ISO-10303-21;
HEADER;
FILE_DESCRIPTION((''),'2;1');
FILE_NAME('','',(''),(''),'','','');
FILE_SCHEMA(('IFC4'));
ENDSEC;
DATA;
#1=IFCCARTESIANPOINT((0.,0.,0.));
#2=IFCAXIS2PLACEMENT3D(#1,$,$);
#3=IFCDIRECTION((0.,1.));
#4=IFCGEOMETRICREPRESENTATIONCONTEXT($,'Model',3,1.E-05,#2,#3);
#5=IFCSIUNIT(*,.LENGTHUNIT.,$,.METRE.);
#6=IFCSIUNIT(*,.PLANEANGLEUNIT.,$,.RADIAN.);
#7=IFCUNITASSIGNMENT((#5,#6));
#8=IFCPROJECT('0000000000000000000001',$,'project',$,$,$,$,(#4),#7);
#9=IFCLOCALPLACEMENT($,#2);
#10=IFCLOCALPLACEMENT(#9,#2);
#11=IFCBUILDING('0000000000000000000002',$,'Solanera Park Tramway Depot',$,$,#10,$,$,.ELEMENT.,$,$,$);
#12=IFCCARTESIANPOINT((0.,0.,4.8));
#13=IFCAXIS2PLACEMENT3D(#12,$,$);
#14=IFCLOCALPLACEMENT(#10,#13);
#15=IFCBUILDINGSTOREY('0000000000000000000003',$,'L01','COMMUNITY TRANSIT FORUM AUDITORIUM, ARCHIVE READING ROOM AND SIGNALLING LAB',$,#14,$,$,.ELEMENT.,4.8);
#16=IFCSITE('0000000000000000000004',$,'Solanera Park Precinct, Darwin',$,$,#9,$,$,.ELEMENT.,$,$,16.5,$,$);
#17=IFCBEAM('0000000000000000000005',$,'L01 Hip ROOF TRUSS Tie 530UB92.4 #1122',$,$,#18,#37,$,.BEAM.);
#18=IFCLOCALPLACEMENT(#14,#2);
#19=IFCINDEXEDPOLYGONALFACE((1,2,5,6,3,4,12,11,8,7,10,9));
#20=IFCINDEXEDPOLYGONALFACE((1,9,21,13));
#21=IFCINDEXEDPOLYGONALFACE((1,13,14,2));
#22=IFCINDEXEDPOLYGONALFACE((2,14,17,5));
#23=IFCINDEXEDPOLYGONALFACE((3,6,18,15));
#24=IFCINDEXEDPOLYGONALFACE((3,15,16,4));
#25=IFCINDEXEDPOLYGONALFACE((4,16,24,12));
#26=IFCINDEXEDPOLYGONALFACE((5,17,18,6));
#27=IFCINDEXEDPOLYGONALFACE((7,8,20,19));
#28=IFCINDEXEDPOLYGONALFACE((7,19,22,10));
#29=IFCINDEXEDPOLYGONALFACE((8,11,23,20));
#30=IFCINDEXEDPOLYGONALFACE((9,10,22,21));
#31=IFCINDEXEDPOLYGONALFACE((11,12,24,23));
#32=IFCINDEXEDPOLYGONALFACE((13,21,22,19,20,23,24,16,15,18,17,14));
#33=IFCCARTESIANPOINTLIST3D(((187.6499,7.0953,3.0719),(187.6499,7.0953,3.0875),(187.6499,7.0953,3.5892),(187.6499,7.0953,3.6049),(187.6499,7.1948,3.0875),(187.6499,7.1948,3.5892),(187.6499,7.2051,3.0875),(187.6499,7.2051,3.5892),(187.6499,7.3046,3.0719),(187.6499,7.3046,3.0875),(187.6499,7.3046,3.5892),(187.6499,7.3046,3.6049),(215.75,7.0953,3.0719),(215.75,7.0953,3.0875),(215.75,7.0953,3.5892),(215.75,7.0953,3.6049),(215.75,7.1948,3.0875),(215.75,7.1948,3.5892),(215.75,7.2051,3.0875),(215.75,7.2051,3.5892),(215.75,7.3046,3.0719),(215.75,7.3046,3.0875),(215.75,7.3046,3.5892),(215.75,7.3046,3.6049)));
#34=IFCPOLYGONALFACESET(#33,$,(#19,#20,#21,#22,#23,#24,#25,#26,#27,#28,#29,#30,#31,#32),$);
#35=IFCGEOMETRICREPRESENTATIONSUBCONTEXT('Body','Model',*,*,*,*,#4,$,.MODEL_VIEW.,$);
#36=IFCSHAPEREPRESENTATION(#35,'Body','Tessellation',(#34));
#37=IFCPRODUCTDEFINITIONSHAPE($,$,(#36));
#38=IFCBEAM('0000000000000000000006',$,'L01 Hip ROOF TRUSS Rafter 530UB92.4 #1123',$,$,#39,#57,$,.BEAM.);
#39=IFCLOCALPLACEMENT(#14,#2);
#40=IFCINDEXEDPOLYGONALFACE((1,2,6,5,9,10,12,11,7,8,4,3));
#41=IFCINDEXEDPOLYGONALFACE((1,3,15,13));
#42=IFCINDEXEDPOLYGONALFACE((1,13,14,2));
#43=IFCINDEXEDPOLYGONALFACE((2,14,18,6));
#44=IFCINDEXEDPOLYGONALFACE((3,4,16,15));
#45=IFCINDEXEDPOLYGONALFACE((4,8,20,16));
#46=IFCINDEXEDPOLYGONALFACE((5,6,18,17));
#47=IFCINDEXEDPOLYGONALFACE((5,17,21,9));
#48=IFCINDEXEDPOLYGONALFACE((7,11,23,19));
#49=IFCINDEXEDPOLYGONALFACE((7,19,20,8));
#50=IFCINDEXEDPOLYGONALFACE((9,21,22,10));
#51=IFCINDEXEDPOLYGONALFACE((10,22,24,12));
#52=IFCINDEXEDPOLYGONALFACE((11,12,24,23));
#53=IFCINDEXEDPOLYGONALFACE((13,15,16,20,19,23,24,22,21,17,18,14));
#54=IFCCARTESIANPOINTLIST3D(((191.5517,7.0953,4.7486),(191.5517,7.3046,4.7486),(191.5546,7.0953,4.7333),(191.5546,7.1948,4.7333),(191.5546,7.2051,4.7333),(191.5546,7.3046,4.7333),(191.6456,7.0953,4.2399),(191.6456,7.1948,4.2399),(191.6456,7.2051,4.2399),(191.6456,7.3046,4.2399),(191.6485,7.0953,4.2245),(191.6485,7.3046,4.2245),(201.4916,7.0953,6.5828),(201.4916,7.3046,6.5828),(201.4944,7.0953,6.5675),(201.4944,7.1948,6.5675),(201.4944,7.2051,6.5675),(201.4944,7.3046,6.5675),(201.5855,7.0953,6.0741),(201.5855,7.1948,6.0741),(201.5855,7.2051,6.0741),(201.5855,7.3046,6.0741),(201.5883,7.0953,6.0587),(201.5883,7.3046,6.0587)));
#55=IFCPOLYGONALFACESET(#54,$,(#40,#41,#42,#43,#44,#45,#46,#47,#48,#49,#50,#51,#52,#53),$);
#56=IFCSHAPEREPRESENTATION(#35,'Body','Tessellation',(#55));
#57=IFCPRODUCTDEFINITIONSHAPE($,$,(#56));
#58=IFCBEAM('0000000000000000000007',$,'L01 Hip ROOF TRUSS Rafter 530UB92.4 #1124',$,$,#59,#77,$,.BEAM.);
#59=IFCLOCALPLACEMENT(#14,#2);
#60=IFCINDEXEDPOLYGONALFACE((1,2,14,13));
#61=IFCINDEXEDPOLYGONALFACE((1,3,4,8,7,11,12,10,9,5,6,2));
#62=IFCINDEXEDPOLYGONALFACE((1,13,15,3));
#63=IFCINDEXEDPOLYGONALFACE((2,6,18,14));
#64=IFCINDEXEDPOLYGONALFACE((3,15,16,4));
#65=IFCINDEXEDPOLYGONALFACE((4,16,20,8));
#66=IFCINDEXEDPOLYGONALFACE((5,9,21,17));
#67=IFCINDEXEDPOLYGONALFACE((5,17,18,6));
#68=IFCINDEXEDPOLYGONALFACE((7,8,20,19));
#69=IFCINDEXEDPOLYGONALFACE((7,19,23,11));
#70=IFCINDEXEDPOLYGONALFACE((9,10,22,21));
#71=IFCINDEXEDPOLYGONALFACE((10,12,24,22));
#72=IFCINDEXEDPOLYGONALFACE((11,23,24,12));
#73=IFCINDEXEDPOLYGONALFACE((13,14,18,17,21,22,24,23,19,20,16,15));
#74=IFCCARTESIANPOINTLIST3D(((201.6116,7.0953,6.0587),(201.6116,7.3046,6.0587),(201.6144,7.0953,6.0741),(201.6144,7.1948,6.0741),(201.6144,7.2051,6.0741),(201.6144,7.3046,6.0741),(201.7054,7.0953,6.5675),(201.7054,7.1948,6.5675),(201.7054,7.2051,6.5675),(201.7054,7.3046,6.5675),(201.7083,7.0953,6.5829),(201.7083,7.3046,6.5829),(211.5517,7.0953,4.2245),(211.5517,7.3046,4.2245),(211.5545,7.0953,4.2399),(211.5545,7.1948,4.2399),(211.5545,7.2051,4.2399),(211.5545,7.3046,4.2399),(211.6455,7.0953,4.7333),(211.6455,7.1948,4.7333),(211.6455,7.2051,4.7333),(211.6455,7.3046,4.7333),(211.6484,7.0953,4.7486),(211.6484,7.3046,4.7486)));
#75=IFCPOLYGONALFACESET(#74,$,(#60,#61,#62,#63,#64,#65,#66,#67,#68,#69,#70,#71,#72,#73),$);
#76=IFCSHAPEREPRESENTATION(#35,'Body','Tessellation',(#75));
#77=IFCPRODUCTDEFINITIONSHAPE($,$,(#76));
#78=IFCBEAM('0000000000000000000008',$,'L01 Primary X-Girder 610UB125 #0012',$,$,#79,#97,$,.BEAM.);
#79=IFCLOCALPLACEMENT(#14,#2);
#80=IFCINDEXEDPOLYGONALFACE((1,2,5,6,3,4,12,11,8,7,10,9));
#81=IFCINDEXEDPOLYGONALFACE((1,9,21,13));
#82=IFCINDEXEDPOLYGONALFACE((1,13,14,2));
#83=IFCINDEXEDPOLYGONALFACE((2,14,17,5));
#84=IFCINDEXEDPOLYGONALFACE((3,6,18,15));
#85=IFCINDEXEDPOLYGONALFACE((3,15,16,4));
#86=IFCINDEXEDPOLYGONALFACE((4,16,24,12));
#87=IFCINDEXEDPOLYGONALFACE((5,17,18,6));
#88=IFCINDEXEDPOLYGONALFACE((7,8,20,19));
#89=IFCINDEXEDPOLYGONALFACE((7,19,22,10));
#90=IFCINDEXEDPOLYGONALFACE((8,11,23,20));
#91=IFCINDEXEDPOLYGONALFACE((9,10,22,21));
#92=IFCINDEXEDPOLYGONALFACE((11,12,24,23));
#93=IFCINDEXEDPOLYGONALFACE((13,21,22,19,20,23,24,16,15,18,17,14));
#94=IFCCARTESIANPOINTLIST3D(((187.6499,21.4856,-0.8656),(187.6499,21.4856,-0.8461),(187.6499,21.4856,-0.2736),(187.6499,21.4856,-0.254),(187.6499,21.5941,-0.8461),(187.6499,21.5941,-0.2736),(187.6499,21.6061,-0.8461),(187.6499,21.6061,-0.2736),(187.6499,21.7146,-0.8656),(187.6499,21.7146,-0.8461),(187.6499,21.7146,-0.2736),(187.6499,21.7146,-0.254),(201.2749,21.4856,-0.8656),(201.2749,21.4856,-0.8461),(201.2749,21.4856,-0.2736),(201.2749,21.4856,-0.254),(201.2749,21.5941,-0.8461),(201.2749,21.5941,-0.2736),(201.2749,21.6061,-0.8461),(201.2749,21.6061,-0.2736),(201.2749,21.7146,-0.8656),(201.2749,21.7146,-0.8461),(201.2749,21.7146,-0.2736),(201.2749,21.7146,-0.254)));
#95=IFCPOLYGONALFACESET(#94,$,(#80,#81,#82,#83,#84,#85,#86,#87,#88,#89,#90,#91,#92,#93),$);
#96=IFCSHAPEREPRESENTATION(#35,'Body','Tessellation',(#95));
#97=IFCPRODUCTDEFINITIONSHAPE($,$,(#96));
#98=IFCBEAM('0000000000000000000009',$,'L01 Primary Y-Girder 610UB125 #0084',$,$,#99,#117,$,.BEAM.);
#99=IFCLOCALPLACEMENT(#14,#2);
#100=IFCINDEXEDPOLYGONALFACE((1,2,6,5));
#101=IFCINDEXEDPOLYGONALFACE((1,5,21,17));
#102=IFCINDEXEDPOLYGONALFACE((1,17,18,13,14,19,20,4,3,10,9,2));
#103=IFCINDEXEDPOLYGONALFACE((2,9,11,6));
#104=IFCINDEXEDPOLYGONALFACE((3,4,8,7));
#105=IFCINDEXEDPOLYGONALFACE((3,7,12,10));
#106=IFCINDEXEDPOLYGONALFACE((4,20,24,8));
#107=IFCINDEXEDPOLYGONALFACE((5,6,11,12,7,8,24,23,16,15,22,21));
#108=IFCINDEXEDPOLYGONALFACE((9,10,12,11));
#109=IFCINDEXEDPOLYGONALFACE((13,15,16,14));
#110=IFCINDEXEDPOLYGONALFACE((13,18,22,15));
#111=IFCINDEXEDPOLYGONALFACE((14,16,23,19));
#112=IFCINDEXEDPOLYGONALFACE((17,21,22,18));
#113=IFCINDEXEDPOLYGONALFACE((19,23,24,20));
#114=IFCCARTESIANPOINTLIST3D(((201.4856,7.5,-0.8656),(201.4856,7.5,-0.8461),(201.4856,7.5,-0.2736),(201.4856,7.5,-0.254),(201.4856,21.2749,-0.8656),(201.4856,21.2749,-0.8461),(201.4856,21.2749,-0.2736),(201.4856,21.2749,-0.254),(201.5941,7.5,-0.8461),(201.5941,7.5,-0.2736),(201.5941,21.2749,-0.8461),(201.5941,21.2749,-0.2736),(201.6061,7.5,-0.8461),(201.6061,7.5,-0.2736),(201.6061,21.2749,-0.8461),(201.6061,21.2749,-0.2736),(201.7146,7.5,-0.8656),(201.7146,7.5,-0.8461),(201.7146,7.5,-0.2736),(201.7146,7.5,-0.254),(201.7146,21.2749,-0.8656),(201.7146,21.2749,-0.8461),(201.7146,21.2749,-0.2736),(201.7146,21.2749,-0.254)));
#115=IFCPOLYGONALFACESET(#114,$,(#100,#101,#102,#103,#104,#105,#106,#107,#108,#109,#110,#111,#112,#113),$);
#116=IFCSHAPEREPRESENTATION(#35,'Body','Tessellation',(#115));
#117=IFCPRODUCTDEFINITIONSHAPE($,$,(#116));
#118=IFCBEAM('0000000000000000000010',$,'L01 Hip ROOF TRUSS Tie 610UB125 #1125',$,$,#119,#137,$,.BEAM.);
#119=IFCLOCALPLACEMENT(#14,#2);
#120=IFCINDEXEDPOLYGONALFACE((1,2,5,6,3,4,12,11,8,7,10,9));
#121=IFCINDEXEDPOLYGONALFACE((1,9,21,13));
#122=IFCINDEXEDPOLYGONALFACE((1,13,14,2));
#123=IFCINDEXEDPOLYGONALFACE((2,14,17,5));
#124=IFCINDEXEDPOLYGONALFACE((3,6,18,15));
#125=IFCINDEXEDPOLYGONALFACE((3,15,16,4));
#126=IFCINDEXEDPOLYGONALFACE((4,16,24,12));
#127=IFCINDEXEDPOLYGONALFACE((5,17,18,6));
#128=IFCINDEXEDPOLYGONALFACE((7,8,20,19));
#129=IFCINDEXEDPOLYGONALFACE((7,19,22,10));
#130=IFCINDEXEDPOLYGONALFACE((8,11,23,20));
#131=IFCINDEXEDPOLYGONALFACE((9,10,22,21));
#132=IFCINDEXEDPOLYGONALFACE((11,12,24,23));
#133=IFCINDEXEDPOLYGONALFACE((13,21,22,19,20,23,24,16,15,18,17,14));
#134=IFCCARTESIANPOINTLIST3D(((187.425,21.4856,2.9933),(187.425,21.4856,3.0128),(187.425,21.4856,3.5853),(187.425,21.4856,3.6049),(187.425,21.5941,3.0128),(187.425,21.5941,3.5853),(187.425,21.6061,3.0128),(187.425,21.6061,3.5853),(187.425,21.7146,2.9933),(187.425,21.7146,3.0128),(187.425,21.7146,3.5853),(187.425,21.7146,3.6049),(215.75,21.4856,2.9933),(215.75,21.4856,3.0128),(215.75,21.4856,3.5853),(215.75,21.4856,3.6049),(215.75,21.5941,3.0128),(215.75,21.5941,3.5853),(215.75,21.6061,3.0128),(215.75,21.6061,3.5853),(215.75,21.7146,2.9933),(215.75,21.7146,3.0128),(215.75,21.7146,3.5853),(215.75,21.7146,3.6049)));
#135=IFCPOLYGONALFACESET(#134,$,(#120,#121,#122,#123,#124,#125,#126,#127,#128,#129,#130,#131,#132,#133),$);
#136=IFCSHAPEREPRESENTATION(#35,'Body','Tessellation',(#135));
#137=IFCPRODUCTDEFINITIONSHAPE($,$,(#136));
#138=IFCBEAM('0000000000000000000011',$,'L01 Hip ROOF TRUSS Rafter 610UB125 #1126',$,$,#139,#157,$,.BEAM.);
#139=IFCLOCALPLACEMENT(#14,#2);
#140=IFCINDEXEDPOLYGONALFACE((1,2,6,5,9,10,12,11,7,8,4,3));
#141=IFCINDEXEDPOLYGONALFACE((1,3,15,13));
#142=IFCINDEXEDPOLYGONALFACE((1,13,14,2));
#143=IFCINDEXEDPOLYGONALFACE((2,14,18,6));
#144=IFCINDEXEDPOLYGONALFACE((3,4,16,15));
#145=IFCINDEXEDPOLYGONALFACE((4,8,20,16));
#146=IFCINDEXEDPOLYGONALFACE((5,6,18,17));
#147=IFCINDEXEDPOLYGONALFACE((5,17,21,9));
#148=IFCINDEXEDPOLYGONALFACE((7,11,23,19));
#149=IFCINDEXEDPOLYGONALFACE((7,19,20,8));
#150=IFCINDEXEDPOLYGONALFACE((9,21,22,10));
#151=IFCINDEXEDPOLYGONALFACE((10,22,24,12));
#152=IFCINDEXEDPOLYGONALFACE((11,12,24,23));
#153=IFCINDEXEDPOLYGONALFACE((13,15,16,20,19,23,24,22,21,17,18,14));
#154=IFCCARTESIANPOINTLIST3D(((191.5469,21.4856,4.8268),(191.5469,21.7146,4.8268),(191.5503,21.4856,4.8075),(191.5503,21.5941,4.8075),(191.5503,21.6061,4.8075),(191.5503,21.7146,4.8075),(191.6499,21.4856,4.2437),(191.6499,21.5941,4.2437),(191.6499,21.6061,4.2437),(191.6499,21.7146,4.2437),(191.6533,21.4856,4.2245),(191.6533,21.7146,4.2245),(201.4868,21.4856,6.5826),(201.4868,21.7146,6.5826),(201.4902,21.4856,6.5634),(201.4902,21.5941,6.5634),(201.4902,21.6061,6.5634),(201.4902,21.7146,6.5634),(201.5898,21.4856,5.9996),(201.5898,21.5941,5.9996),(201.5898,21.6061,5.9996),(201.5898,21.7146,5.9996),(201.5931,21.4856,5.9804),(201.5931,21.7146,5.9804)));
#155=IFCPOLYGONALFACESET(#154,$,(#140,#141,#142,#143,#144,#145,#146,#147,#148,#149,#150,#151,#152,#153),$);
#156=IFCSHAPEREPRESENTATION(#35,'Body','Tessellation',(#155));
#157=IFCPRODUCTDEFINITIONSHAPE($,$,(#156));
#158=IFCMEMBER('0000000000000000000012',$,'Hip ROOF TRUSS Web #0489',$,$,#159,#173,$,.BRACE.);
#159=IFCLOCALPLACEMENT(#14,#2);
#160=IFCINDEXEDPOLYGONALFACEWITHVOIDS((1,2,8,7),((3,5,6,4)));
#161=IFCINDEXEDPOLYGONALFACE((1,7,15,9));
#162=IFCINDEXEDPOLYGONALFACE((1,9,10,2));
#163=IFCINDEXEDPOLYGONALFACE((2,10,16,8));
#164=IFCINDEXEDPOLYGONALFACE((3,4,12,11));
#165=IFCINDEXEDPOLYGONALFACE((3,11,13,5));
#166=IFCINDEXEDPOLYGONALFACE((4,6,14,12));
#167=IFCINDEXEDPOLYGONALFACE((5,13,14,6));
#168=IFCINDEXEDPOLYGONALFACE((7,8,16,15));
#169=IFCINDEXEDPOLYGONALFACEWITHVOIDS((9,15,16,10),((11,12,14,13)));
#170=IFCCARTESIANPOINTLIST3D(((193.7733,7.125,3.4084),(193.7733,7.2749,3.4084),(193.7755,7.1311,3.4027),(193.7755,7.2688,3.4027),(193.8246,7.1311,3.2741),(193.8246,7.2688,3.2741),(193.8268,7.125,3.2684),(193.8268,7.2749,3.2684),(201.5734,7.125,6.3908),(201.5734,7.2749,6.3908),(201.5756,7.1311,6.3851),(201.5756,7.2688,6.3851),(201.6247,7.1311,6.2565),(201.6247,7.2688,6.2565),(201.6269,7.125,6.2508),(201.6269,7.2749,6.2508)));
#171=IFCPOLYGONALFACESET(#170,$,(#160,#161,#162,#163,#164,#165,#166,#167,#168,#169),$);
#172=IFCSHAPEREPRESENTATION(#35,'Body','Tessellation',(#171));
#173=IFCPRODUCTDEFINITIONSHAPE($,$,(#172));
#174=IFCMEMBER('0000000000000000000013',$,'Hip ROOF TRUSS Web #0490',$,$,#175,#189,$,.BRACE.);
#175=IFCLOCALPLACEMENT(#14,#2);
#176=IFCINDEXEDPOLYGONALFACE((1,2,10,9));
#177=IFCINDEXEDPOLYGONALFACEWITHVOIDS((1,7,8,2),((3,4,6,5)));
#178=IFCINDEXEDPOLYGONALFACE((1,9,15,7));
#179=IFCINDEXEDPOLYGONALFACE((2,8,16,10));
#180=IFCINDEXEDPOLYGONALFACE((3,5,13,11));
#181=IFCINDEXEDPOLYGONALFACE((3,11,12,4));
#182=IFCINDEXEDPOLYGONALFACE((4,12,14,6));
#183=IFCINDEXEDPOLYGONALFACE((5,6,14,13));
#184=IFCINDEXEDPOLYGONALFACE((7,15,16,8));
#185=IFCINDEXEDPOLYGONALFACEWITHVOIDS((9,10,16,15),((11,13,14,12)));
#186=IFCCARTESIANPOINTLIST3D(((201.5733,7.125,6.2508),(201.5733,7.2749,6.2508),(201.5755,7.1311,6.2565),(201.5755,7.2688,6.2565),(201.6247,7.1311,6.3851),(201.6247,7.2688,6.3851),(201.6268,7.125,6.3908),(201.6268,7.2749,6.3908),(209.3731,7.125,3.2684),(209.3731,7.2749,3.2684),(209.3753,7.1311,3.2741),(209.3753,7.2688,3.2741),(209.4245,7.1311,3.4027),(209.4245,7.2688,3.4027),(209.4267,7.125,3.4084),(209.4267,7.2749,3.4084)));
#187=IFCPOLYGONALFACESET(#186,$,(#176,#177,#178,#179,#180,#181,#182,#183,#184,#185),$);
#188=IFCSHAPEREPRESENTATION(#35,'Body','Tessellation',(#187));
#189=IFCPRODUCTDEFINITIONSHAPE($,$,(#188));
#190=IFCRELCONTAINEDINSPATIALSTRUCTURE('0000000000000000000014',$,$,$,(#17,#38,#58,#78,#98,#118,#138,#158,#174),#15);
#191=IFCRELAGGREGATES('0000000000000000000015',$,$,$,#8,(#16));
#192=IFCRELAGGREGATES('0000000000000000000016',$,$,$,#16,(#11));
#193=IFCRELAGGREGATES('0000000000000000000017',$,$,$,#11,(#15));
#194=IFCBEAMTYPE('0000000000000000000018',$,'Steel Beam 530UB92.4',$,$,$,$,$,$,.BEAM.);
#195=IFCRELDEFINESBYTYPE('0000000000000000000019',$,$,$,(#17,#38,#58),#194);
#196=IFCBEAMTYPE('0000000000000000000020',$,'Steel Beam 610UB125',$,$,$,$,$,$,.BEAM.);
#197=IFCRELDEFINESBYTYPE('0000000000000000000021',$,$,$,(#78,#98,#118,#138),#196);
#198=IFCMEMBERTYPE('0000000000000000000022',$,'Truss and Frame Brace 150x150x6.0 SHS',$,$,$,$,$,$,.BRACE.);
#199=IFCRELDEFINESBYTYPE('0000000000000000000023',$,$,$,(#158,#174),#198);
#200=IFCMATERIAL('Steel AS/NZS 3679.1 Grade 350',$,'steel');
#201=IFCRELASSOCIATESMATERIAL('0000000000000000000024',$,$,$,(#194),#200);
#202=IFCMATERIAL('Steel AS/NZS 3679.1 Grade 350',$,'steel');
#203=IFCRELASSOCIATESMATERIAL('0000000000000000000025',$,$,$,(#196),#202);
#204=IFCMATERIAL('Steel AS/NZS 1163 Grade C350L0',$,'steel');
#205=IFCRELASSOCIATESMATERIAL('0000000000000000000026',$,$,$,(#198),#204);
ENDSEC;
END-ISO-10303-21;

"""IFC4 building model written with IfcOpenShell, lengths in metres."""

from ifc_helpers import new_model, si_unit, direction, frame, origin, origin_2d, place, context, subcontext, project, spatial, hollow_rectangle, i_section, extrude, material, material_profile, profile_set, type_object, element, save


model = new_model("IFC4")

# Units and contexts
model_context = context("Model", 3, precision=1e-05, world=origin(), true_north=direction((0.0, 1.0)))
body_context = subcontext(model_context, "Body", "Model", "MODEL_VIEW")
ifc_project = project(units=[si_unit("LENGTHUNIT", "METRE"), si_unit("PLANEANGLEUNIT", "RADIAN")], contexts=[model_context])

# Site, building, storey
site_placement = place(None, origin())
site = spatial("IfcSite", under=ifc_project, at=site_placement, Name="Solanera Park Precinct, Darwin", CompositionType="ELEMENT", RefElevation=16.5)
building_placement = place(site_placement, origin())
building = spatial("IfcBuilding", under=site, at=building_placement, Name="Solanera Park Tramway Depot", CompositionType="ELEMENT")
storey_placement = place(building_placement, frame((0.0, 0.0, 4.8)))
storey = spatial("IfcBuildingStorey", under=building, at=storey_placement, Name="L01", Description="COMMUNITY TRANSIT FORUM AUDITORIUM, ARCHIVE READING ROOM AND SIGNALLING LAB", CompositionType="ELEMENT", Elevation=4.8)

# Beams
ifc_material_1 = material(Name="Steel AS/NZS 3679.1 Grade 350", Category="steel")
ifc_material_profile_1 = material_profile(ifc_material_1, i_section(OverallWidth=0.2092, OverallDepth=0.533, WebThickness=0.0103, FlangeThickness=0.0156, at=origin_2d()), Name="530UB92.4")
ifc_profile_set_1 = profile_set([ifc_material_profile_1], Name="Steel AS/NZS 3679.1 Grade 350")
beam_type_1 = type_object("IfcBeamType", Name="Steel Beam 530UB92.4", PredefinedType="BEAM", material=ifc_profile_set_1)
beam_1_placement = place(storey_placement, frame((187.6499, 7.2, 3.3384), z_axis=(1.0, 0.0, 0.0), x_axis=(0.0, 1.0, 0.0)))
element("IfcBeam", 1, at=beam_1_placement, inside=storey, type_object=beam_type_1, Name="L01 Hip ROOF TRUSS Tie 530UB92.4 #1122", PredefinedType="BEAM", context=body_context, shape_type="SweptSolid", body=[
    extrude(i_section(OverallWidth=0.2092, OverallDepth=0.533, WebThickness=0.0103, FlangeThickness=0.0156, at=origin_2d()), origin(), (0.0, 0.0, 1.0), 28.1001),
])
beam_2_placement = place(storey_placement, frame((191.6001, 7.2, 4.4866), z_axis=(0.983397, 0.0, 0.181467), x_axis=(0.0, 1.0, 0.0)))
element("IfcBeam", 2, at=beam_2_placement, inside=storey, type_object=beam_type_1, Name="L01 Hip ROOF TRUSS Rafter 530UB92.4 #1123", PredefinedType="BEAM", context=body_context, shape_type="SweptSolid", body=[
    extrude(i_section(OverallWidth=0.2092, OverallDepth=0.533, WebThickness=0.0103, FlangeThickness=0.0156, at=origin_2d()), origin(), (0.0, 0.0, 1.0), 10.1077),
])
beam_3_placement = place(storey_placement, frame((201.6599, 7.2, 6.3208), z_axis=(0.983398, 0.0, -0.181463), x_axis=(0.0, 1.0, 0.0)))
element("IfcBeam", 3, at=beam_3_placement, inside=storey, type_object=beam_type_1, Name="L01 Hip ROOF TRUSS Rafter 530UB92.4 #1124", PredefinedType="BEAM", context=body_context, shape_type="SweptSolid", body=[
    extrude(i_section(OverallWidth=0.2092, OverallDepth=0.533, WebThickness=0.0103, FlangeThickness=0.0156, at=origin_2d()), origin(), (0.0, 0.0, 1.0), 10.1079),
])
ifc_material_2 = material(Name="Steel AS/NZS 3679.1 Grade 350", Category="steel")
ifc_material_profile_2 = material_profile(ifc_material_2, i_section(OverallWidth=0.229, OverallDepth=0.6116, WebThickness=0.012, FlangeThickness=0.0195, at=origin_2d()), Name="610UB125")
ifc_profile_set_2 = profile_set([ifc_material_profile_2], Name="Steel AS/NZS 3679.1 Grade 350")
beam_type_2 = type_object("IfcBeamType", Name="Steel Beam 610UB125", PredefinedType="BEAM", material=ifc_profile_set_2)
beam_4_placement = place(storey_placement, frame((187.6499, 21.6001, -0.5598), z_axis=(1.0, 0.0, 0.0), x_axis=(0.0, 1.0, 0.0)))
element("IfcBeam", 4, at=beam_4_placement, inside=storey, type_object=beam_type_2, Name="L01 Primary X-Girder 610UB125 #0012", PredefinedType="BEAM", context=body_context, shape_type="SweptSolid", body=[
    extrude(i_section(OverallWidth=0.229, OverallDepth=0.6116, WebThickness=0.012, FlangeThickness=0.0195, at=origin_2d()), origin(), (0.0, 0.0, 1.0), 13.625),
])
beam_5_placement = place(storey_placement, frame((201.6001, 7.5, -0.5598), z_axis=(0.0, 1.0, 0.0), x_axis=(-1.0, 0.0, 0.0)))
element("IfcBeam", 5, at=beam_5_placement, inside=storey, type_object=beam_type_2, Name="L01 Primary Y-Girder 610UB125 #0084", PredefinedType="BEAM", context=body_context, shape_type="SweptSolid", body=[
    extrude(i_section(OverallWidth=0.229, OverallDepth=0.6116, WebThickness=0.012, FlangeThickness=0.0195, at=origin_2d()), origin(), (0.0, 0.0, 1.0), 13.7749),
])
beam_6_placement = place(storey_placement, frame((187.425, 21.6001, 3.2991), z_axis=(1.0, 0.0, 0.0), x_axis=(0.0, 1.0, 0.0)))
element("IfcBeam", 6, at=beam_6_placement, inside=storey, type_object=beam_type_2, Name="L01 Hip ROOF TRUSS Tie 610UB125 #1125", PredefinedType="BEAM", context=body_context, shape_type="SweptSolid", body=[
    extrude(i_section(OverallWidth=0.229, OverallDepth=0.6116, WebThickness=0.012, FlangeThickness=0.0195, at=origin_2d()), origin(), (0.0, 0.0, 1.0), 28.325),
])
beam_7_placement = place(storey_placement, frame((191.6001, 21.6001, 4.5256), z_axis=(0.984754, 0.0, 0.173954), x_axis=(0.0, 1.0, 0.0)))
element("IfcBeam", 7, at=beam_7_placement, inside=storey, type_object=beam_type_2, Name="L01 Hip ROOF TRUSS Rafter 610UB125 #1126", PredefinedType="BEAM", context=body_context, shape_type="SweptSolid", body=[
    extrude(i_section(OverallWidth=0.229, OverallDepth=0.6116, WebThickness=0.012, FlangeThickness=0.0195, at=origin_2d()), origin(), (0.0, 0.0, 1.0), 10.0938),
])

# Members
ifc_material_3 = material(Name="Steel AS/NZS 1163 Grade C350L0", Category="steel")
ifc_material_profile_3 = material_profile(ifc_material_3, hollow_rectangle(XDim=0.1499, YDim=0.1499, WallThickness=0.0061, at=origin_2d()), Name="150x150x6.0 SHS")
ifc_profile_set_3 = profile_set([ifc_material_profile_3], Name="Steel AS/NZS 1163 Grade C350L0")
member_type_1 = type_object("IfcMemberType", Name="Truss and Frame Brace 150x150x6.0 SHS", PredefinedType="BRACE", material=ifc_profile_set_3)
member_1_placement = place(storey_placement, frame((193.8, 7.2, 3.3384), z_axis=(0.93405, 0.0, 0.357143), x_axis=(0.0, 1.0, 0.0)))
element("IfcMember", 8, at=member_1_placement, inside=storey, type_object=member_type_1, Name="Hip ROOF TRUSS Web #0489", PredefinedType="BRACE", context=body_context, shape_type="SweptSolid", body=[
    extrude(hollow_rectangle(XDim=0.1499, YDim=0.1499, WallThickness=0.0061, at=origin_2d()), origin(), (0.0, 0.0, 1.0), 8.3508),
])
member_2_placement = place(storey_placement, frame((209.3999, 7.2, 3.3384), z_axis=(-0.934046, 0.0, 0.357152), x_axis=(0.0, -1.0, 0.0)))
element("IfcMember", 9, at=member_2_placement, inside=storey, type_object=member_type_1, Name="Hip ROOF TRUSS Web #0490", PredefinedType="BRACE", context=body_context, shape_type="SweptSolid", body=[
    extrude(hollow_rectangle(XDim=0.1499, YDim=0.1499, WallThickness=0.0061, at=origin_2d()), origin(), (0.0, 0.0, 1.0), 8.3506),
])

save(model, "model.ifc")
